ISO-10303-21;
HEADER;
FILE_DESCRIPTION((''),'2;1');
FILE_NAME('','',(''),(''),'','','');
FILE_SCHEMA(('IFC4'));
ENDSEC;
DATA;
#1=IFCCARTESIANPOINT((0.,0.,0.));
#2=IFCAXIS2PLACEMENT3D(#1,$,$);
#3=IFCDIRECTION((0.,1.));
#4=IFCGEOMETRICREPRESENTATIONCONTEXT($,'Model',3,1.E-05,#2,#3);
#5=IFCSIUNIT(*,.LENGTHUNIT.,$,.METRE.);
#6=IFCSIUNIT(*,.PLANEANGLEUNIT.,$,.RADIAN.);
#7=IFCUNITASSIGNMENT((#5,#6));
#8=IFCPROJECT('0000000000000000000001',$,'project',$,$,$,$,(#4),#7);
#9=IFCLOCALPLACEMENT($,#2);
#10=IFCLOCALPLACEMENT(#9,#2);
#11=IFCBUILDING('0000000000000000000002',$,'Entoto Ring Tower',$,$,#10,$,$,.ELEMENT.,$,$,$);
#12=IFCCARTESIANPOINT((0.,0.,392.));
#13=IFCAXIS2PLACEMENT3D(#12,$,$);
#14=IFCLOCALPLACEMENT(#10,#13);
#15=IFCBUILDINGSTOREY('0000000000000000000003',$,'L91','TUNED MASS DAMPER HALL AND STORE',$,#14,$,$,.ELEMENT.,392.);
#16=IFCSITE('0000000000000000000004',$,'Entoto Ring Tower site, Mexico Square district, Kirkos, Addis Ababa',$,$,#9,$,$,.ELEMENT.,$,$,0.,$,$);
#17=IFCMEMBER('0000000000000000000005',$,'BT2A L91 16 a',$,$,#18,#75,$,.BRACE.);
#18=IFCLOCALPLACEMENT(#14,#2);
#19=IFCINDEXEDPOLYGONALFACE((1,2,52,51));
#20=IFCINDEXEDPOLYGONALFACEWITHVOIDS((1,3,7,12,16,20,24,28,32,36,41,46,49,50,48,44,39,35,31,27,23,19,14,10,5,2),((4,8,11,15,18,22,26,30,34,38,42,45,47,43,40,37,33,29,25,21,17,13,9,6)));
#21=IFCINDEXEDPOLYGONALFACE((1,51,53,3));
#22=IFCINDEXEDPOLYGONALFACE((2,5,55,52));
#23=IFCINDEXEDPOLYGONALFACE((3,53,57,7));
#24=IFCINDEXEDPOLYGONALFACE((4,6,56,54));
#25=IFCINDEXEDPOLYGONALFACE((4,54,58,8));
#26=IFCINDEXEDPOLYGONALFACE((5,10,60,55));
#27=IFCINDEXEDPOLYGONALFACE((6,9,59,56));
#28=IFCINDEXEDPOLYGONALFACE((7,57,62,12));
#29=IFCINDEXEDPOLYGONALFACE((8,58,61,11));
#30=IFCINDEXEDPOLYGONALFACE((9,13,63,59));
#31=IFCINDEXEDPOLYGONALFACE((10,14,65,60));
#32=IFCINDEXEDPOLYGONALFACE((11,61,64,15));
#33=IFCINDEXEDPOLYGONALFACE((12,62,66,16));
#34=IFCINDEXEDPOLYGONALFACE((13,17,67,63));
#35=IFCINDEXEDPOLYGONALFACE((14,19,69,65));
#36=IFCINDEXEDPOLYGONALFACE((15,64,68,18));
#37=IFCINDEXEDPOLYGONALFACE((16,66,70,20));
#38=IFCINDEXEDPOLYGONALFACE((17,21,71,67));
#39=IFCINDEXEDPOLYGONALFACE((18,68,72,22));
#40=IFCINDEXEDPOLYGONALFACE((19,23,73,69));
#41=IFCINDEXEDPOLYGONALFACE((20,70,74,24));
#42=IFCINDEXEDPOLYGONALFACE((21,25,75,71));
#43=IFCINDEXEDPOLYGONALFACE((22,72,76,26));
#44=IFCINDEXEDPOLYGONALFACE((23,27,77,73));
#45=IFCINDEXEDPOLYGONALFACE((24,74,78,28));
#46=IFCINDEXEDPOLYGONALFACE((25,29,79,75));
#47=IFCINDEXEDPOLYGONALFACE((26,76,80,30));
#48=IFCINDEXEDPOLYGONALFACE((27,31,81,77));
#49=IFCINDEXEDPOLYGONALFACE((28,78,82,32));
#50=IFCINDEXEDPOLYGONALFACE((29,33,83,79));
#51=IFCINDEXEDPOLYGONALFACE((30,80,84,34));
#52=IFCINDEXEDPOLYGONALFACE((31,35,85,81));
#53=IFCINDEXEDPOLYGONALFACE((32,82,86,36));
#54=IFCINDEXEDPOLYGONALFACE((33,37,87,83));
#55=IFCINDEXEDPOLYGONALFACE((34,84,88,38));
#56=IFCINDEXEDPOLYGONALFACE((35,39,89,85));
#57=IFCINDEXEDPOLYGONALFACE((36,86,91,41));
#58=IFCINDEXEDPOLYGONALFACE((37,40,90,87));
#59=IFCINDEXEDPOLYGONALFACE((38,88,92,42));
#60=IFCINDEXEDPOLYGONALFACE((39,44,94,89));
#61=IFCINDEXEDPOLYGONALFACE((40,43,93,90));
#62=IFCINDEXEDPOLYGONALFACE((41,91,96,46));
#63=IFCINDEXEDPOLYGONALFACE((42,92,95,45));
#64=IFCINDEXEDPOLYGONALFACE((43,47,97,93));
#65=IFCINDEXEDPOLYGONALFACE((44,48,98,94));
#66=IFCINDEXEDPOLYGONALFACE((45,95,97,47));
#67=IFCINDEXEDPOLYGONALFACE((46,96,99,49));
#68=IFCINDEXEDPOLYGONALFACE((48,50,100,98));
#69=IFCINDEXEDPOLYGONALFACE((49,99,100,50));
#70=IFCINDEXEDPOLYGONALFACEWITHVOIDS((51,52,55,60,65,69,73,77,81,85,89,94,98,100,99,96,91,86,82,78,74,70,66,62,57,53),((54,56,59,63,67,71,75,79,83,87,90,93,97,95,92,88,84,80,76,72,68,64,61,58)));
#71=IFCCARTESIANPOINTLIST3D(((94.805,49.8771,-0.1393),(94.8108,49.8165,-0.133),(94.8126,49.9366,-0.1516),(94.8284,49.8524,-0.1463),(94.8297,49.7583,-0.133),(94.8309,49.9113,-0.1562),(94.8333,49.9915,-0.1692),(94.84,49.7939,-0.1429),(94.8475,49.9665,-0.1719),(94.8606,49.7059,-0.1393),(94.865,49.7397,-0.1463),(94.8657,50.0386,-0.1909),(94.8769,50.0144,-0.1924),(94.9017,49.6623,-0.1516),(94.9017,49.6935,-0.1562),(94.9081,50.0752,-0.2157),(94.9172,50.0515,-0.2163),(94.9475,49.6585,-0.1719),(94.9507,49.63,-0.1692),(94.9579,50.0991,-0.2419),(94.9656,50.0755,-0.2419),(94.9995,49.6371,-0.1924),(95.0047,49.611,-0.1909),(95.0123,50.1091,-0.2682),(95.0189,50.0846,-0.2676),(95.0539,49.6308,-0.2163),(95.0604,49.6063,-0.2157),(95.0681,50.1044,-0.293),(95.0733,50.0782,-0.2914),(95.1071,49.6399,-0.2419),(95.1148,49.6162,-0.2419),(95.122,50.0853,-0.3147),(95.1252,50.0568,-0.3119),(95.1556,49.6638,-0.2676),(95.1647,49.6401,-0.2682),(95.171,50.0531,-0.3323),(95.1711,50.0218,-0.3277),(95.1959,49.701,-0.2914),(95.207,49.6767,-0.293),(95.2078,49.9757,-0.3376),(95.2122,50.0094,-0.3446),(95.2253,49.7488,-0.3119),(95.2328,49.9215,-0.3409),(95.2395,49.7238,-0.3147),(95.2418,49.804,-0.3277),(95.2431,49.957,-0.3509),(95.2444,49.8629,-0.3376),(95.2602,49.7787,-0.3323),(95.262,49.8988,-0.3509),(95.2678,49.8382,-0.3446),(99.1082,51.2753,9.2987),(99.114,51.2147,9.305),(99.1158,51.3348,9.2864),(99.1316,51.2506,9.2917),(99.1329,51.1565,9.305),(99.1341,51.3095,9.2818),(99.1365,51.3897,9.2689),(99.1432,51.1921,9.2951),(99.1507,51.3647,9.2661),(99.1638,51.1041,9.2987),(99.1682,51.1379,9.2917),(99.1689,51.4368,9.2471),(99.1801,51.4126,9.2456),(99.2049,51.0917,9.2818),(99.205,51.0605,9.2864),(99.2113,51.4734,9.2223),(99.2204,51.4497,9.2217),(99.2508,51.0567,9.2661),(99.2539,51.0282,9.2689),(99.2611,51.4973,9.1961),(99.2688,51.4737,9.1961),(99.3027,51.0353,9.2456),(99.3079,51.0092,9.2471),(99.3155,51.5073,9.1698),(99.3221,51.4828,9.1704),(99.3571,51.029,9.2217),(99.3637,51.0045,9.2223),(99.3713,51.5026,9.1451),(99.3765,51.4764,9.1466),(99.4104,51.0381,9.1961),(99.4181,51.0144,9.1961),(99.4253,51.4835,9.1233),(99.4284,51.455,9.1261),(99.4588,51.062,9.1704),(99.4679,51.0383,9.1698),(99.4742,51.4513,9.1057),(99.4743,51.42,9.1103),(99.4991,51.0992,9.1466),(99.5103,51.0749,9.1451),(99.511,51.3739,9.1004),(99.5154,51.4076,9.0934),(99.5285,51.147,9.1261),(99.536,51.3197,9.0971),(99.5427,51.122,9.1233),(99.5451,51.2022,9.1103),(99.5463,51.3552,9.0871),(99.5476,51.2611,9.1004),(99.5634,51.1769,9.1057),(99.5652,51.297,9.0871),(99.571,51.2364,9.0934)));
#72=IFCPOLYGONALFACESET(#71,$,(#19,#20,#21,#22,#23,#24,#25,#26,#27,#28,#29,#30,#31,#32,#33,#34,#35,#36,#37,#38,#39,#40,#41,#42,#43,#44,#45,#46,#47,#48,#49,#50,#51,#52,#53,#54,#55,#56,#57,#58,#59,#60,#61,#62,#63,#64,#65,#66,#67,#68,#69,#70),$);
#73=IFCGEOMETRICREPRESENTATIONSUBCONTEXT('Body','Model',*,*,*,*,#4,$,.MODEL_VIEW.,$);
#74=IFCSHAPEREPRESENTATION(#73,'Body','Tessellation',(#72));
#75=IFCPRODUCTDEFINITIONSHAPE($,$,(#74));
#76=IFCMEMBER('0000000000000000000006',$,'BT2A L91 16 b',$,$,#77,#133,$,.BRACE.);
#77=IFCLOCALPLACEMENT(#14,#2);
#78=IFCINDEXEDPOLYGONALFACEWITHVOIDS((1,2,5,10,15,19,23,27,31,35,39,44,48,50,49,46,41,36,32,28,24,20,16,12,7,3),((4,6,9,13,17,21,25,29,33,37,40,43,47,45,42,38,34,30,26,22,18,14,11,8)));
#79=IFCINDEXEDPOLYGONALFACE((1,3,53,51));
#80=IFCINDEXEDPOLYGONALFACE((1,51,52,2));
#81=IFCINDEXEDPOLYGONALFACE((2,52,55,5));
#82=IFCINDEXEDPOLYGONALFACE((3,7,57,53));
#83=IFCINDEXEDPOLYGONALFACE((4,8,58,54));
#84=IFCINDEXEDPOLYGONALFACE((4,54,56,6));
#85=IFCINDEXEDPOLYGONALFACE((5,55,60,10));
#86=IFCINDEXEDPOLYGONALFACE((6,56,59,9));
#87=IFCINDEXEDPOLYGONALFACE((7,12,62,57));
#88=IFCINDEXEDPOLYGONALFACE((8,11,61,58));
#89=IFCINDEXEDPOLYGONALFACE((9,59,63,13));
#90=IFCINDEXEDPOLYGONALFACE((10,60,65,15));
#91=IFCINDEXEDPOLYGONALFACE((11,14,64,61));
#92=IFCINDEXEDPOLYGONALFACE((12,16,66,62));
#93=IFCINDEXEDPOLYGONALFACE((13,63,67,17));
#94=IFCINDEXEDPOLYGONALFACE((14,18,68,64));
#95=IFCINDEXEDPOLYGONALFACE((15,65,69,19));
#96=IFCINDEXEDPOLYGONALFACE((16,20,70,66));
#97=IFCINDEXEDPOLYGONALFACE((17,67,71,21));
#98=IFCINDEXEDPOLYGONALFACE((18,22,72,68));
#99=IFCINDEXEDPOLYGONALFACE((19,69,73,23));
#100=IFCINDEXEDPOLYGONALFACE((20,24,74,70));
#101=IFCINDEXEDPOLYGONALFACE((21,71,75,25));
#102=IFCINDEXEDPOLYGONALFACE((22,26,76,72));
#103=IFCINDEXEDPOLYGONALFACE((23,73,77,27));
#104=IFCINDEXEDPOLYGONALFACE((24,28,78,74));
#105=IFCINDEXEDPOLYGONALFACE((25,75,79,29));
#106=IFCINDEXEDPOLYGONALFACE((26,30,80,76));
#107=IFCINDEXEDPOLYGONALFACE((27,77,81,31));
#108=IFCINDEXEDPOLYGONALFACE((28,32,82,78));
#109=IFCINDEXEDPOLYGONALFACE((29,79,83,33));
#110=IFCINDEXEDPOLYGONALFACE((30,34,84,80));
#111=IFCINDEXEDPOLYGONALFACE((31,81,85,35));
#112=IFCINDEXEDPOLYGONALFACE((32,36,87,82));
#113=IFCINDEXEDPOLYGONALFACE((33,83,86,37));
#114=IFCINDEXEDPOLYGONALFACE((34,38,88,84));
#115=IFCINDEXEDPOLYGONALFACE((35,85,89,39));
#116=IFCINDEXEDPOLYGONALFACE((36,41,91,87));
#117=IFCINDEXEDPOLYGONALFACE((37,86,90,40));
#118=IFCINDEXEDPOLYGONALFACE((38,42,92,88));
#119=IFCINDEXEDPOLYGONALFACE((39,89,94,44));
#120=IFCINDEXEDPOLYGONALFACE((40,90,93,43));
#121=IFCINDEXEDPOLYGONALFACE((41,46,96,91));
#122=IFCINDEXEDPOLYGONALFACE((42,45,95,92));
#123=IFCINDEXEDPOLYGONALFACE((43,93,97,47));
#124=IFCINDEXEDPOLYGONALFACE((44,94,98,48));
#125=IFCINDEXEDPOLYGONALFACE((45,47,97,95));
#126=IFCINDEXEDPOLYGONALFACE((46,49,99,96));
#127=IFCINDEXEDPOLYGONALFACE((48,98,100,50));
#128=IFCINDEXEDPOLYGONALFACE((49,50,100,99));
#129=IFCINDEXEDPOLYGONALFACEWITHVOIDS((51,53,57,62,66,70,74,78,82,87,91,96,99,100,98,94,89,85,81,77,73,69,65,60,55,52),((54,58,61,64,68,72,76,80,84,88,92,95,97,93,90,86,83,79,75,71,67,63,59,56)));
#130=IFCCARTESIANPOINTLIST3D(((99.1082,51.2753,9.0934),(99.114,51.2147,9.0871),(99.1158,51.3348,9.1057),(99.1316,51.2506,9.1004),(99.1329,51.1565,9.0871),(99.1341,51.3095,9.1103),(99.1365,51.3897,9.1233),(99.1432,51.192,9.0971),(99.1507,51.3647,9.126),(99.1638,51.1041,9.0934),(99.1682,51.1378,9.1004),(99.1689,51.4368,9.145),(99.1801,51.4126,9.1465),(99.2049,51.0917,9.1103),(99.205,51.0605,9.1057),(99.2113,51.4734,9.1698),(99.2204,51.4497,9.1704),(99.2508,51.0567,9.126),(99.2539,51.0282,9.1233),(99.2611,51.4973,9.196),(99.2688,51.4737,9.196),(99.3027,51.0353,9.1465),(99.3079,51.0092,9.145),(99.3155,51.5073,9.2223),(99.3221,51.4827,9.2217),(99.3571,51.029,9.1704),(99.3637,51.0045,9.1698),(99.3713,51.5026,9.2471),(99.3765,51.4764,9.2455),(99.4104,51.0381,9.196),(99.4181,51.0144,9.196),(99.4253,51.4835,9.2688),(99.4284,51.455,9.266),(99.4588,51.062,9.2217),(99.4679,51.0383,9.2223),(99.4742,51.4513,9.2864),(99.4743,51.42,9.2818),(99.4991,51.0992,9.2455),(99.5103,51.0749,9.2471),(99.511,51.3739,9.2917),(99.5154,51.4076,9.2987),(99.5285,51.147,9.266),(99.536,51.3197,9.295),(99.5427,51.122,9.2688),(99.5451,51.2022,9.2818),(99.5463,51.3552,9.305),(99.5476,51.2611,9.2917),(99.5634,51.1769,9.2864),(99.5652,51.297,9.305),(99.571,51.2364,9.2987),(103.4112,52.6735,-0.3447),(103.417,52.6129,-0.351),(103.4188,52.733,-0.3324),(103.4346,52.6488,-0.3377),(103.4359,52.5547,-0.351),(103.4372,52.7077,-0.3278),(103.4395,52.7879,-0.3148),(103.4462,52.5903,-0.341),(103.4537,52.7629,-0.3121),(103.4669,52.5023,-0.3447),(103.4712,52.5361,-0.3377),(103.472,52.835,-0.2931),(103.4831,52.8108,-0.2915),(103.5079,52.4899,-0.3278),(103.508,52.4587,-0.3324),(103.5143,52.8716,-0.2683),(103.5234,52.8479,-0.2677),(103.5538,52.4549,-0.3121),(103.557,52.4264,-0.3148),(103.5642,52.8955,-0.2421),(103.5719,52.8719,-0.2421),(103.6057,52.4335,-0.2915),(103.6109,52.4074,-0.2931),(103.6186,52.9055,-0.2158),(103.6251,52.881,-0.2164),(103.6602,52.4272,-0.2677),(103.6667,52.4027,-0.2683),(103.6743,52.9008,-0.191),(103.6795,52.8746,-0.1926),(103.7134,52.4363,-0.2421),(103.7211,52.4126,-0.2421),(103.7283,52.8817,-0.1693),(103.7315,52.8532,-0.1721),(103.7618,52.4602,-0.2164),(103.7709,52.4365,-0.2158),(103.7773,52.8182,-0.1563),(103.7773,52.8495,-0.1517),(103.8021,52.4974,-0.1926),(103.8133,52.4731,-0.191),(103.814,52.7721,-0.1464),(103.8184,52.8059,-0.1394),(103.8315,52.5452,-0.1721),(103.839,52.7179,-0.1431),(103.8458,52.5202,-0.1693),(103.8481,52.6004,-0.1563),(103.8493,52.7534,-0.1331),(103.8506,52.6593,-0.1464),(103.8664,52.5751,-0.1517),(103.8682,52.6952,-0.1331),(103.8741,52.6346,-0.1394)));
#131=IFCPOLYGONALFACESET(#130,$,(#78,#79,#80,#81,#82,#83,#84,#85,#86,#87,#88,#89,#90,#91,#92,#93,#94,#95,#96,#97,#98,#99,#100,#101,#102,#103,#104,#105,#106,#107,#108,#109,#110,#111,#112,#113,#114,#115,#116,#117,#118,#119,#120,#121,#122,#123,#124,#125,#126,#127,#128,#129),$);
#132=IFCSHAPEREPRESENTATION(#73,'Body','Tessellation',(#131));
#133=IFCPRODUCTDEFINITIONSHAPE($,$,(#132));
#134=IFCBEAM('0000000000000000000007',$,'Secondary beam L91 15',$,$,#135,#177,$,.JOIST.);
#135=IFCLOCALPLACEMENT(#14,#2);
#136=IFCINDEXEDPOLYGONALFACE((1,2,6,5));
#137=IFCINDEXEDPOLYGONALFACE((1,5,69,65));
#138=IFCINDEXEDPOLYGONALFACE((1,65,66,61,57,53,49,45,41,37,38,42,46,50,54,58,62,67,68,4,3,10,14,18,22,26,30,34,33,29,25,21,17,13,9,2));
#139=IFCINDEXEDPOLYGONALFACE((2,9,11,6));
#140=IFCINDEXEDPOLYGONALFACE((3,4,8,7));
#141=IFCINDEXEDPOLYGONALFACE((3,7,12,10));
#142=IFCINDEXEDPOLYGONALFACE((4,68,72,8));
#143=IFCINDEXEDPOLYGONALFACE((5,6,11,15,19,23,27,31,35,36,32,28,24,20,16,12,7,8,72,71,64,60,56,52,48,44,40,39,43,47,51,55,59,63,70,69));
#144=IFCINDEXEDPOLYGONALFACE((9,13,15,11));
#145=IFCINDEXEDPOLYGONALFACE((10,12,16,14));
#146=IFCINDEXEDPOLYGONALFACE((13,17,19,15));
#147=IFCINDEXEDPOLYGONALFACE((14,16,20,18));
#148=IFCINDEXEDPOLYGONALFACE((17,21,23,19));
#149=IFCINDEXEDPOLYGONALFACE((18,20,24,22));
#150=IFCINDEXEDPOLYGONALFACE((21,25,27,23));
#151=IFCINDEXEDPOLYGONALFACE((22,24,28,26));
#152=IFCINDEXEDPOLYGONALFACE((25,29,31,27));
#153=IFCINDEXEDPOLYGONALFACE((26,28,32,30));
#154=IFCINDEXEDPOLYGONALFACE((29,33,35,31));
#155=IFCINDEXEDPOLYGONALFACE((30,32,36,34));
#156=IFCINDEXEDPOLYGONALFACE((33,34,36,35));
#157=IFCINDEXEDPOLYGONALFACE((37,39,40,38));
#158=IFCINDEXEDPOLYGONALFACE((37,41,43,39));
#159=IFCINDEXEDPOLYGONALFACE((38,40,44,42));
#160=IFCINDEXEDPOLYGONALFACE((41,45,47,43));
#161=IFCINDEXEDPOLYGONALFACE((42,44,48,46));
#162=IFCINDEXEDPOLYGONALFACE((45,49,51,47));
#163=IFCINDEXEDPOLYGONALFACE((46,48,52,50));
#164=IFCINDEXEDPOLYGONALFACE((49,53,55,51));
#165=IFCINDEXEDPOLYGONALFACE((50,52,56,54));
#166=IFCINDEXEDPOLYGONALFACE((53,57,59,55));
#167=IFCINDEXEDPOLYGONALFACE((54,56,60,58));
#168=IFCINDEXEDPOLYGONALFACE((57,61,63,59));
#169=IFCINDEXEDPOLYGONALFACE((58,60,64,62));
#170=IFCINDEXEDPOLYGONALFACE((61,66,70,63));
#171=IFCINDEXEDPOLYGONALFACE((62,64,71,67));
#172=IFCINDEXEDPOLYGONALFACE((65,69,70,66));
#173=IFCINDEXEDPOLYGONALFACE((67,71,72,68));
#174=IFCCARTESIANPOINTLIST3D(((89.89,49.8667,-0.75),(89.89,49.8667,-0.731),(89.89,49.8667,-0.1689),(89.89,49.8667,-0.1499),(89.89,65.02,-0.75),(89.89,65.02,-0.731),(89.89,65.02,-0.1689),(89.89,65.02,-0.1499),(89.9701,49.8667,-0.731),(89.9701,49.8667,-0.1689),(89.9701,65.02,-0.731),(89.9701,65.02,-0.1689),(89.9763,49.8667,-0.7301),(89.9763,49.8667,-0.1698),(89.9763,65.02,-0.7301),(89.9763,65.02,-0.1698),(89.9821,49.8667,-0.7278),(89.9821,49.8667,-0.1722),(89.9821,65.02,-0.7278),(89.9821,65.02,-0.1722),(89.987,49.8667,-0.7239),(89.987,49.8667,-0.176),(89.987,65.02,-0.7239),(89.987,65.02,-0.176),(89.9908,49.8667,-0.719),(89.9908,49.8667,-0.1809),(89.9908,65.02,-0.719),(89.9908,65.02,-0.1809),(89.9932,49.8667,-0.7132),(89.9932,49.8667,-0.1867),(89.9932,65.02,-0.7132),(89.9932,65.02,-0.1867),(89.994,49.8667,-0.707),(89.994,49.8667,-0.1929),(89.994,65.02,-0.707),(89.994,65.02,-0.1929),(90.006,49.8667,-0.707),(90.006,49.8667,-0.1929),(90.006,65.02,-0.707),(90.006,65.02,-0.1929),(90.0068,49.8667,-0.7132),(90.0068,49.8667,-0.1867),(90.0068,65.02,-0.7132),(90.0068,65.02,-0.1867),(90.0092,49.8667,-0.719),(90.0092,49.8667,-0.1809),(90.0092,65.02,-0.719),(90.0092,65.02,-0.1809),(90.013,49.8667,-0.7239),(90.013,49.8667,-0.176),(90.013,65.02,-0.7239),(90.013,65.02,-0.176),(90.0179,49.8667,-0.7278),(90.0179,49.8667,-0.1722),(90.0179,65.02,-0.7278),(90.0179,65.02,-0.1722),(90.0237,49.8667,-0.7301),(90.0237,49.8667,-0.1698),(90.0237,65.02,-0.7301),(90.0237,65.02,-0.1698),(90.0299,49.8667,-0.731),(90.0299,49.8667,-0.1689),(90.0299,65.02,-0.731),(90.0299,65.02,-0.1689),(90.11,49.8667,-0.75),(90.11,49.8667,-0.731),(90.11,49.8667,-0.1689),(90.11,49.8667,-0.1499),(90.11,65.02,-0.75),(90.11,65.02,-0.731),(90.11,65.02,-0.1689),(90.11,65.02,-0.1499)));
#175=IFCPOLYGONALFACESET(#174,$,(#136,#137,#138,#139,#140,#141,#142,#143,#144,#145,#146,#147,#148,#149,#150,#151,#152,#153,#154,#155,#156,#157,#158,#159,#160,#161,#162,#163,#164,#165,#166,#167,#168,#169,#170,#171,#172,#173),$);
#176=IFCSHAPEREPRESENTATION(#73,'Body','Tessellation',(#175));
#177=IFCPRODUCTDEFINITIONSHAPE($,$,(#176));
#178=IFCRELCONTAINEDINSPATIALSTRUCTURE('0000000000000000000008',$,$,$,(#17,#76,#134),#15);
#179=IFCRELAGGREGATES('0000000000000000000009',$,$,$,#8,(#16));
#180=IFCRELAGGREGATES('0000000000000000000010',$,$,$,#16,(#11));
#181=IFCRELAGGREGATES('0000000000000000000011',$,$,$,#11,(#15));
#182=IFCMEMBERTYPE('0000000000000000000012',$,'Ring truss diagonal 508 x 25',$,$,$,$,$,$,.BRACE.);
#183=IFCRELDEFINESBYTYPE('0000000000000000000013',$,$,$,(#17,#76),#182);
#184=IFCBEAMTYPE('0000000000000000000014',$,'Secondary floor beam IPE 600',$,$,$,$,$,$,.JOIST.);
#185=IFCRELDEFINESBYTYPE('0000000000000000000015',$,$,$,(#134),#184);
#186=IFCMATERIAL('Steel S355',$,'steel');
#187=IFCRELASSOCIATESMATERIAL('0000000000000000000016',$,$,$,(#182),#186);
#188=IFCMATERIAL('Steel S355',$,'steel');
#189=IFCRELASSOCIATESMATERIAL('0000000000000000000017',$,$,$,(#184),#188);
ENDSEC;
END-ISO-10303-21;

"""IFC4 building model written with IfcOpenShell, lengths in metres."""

from ifc_helpers import new_model, si_unit, direction, frame, origin, origin_2d, place, context, subcontext, project, spatial, circle, hollow_circle, i_section, extrude, material, material_profile, profile_set, type_object, element, save


model = new_model("IFC4")

# Units and contexts
model_context = context("Model", 3, precision=1e-05, world=origin(), true_north=direction((0.0, 1.0)))
body_context = subcontext(model_context, "Body", "Model", "MODEL_VIEW")
ifc_project = project(units=[si_unit("LENGTHUNIT", "METRE"), si_unit("PLANEANGLEUNIT", "RADIAN")], contexts=[model_context])

# Site, building, storey
site_placement = place(None, origin())
site = spatial("IfcSite", under=ifc_project, at=site_placement, Name="Entoto Ring Tower site, Mexico Square district, Kirkos, Addis Ababa", CompositionType="ELEMENT", RefElevation=0.0)
building_placement = place(site_placement, origin())
building = spatial("IfcBuilding", under=site, at=building_placement, Name="Entoto Ring Tower", CompositionType="ELEMENT")
storey_placement = place(building_placement, frame((0.0, 0.0, 392.0)))
storey = spatial("IfcBuildingStorey", under=building, at=storey_placement, Name="L91", Description="TUNED MASS DAMPER HALL AND STORE", CompositionType="ELEMENT", Elevation=392.0)

# Members
ifc_material_1 = material(Name="Steel S355", Category="steel")
ifc_material_profile_1 = material_profile(ifc_material_1, hollow_circle(Radius=0.2539, WallThickness=0.0249, at=origin_2d()), Name="CHS 508 x 25")
ifc_material_2 = material(Name="Concrete C60/75", Category="concrete")
ifc_material_profile_2 = material_profile(ifc_material_2, circle(Radius=0.229, at=origin_2d()), Name="Concrete C60/75 infill")
ifc_profile_set_1 = profile_set([ifc_material_profile_1, ifc_material_profile_2], Name="Steel S355")
member_type_1 = type_object("IfcMemberType", Name="Ring truss diagonal 508 x 25", PredefinedType="BRACE", material=ifc_profile_set_1)
for number, where, z_axis, x_axis, name in (
    (1, (95.0364, 49.8577, -0.2419), (0.411141, 0.133587, 0.90173), (-0.309015, 0.951057, 0.0), "BT2A L91 16 a"),
    (2, (99.3396, 51.2559, 9.196), (0.411122, 0.133588, -0.901739), (-0.309031, 0.951052, 0.0), "BT2A L91 16 b"),
):
    element("IfcMember", number, at=place(storey_placement, frame(where, z_axis=z_axis, x_axis=x_axis)), inside=storey, type_object=member_type_1, Name=name, PredefinedType="BRACE", context=body_context, shape_type="SweptSolid", body=[
        extrude(hollow_circle(Radius=0.2539, WallThickness=0.0249, at=origin_2d()), origin(), (0.0, 0.0, 1.0), 10.4666),
    ])

# Beam
ifc_material_3 = material(Name="Steel S355", Category="steel")
ifc_material_profile_3 = material_profile(ifc_material_3, i_section(OverallWidth=0.22, OverallDepth=0.6001, WebThickness=0.012, FlangeThickness=0.019, FilletRadius=0.0239, at=origin_2d()), Name="IPE 600")
ifc_profile_set_2 = profile_set([ifc_material_profile_3], Name="Steel S355")
beam_type_1 = type_object("IfcBeamType", Name="Secondary floor beam IPE 600", PredefinedType="JOIST", material=ifc_profile_set_2)
beam_1_placement = place(storey_placement, frame((90.0, 65.02, -0.45), z_axis=(0.0, -1.0, 0.0), x_axis=(1.0, 0.0, 0.0)))
element("IfcBeam", 3, at=beam_1_placement, inside=storey, type_object=beam_type_1, Name="Secondary beam L91 15", PredefinedType="JOIST", context=body_context, shape_type="SweptSolid", body=[
    extrude(i_section(OverallWidth=0.22, OverallDepth=0.6001, WebThickness=0.012, FlangeThickness=0.019, FilletRadius=0.0239, at=origin_2d()), origin(), (0.0, 0.0, 1.0), 15.1533),
])

save(model, "model.ifc")
